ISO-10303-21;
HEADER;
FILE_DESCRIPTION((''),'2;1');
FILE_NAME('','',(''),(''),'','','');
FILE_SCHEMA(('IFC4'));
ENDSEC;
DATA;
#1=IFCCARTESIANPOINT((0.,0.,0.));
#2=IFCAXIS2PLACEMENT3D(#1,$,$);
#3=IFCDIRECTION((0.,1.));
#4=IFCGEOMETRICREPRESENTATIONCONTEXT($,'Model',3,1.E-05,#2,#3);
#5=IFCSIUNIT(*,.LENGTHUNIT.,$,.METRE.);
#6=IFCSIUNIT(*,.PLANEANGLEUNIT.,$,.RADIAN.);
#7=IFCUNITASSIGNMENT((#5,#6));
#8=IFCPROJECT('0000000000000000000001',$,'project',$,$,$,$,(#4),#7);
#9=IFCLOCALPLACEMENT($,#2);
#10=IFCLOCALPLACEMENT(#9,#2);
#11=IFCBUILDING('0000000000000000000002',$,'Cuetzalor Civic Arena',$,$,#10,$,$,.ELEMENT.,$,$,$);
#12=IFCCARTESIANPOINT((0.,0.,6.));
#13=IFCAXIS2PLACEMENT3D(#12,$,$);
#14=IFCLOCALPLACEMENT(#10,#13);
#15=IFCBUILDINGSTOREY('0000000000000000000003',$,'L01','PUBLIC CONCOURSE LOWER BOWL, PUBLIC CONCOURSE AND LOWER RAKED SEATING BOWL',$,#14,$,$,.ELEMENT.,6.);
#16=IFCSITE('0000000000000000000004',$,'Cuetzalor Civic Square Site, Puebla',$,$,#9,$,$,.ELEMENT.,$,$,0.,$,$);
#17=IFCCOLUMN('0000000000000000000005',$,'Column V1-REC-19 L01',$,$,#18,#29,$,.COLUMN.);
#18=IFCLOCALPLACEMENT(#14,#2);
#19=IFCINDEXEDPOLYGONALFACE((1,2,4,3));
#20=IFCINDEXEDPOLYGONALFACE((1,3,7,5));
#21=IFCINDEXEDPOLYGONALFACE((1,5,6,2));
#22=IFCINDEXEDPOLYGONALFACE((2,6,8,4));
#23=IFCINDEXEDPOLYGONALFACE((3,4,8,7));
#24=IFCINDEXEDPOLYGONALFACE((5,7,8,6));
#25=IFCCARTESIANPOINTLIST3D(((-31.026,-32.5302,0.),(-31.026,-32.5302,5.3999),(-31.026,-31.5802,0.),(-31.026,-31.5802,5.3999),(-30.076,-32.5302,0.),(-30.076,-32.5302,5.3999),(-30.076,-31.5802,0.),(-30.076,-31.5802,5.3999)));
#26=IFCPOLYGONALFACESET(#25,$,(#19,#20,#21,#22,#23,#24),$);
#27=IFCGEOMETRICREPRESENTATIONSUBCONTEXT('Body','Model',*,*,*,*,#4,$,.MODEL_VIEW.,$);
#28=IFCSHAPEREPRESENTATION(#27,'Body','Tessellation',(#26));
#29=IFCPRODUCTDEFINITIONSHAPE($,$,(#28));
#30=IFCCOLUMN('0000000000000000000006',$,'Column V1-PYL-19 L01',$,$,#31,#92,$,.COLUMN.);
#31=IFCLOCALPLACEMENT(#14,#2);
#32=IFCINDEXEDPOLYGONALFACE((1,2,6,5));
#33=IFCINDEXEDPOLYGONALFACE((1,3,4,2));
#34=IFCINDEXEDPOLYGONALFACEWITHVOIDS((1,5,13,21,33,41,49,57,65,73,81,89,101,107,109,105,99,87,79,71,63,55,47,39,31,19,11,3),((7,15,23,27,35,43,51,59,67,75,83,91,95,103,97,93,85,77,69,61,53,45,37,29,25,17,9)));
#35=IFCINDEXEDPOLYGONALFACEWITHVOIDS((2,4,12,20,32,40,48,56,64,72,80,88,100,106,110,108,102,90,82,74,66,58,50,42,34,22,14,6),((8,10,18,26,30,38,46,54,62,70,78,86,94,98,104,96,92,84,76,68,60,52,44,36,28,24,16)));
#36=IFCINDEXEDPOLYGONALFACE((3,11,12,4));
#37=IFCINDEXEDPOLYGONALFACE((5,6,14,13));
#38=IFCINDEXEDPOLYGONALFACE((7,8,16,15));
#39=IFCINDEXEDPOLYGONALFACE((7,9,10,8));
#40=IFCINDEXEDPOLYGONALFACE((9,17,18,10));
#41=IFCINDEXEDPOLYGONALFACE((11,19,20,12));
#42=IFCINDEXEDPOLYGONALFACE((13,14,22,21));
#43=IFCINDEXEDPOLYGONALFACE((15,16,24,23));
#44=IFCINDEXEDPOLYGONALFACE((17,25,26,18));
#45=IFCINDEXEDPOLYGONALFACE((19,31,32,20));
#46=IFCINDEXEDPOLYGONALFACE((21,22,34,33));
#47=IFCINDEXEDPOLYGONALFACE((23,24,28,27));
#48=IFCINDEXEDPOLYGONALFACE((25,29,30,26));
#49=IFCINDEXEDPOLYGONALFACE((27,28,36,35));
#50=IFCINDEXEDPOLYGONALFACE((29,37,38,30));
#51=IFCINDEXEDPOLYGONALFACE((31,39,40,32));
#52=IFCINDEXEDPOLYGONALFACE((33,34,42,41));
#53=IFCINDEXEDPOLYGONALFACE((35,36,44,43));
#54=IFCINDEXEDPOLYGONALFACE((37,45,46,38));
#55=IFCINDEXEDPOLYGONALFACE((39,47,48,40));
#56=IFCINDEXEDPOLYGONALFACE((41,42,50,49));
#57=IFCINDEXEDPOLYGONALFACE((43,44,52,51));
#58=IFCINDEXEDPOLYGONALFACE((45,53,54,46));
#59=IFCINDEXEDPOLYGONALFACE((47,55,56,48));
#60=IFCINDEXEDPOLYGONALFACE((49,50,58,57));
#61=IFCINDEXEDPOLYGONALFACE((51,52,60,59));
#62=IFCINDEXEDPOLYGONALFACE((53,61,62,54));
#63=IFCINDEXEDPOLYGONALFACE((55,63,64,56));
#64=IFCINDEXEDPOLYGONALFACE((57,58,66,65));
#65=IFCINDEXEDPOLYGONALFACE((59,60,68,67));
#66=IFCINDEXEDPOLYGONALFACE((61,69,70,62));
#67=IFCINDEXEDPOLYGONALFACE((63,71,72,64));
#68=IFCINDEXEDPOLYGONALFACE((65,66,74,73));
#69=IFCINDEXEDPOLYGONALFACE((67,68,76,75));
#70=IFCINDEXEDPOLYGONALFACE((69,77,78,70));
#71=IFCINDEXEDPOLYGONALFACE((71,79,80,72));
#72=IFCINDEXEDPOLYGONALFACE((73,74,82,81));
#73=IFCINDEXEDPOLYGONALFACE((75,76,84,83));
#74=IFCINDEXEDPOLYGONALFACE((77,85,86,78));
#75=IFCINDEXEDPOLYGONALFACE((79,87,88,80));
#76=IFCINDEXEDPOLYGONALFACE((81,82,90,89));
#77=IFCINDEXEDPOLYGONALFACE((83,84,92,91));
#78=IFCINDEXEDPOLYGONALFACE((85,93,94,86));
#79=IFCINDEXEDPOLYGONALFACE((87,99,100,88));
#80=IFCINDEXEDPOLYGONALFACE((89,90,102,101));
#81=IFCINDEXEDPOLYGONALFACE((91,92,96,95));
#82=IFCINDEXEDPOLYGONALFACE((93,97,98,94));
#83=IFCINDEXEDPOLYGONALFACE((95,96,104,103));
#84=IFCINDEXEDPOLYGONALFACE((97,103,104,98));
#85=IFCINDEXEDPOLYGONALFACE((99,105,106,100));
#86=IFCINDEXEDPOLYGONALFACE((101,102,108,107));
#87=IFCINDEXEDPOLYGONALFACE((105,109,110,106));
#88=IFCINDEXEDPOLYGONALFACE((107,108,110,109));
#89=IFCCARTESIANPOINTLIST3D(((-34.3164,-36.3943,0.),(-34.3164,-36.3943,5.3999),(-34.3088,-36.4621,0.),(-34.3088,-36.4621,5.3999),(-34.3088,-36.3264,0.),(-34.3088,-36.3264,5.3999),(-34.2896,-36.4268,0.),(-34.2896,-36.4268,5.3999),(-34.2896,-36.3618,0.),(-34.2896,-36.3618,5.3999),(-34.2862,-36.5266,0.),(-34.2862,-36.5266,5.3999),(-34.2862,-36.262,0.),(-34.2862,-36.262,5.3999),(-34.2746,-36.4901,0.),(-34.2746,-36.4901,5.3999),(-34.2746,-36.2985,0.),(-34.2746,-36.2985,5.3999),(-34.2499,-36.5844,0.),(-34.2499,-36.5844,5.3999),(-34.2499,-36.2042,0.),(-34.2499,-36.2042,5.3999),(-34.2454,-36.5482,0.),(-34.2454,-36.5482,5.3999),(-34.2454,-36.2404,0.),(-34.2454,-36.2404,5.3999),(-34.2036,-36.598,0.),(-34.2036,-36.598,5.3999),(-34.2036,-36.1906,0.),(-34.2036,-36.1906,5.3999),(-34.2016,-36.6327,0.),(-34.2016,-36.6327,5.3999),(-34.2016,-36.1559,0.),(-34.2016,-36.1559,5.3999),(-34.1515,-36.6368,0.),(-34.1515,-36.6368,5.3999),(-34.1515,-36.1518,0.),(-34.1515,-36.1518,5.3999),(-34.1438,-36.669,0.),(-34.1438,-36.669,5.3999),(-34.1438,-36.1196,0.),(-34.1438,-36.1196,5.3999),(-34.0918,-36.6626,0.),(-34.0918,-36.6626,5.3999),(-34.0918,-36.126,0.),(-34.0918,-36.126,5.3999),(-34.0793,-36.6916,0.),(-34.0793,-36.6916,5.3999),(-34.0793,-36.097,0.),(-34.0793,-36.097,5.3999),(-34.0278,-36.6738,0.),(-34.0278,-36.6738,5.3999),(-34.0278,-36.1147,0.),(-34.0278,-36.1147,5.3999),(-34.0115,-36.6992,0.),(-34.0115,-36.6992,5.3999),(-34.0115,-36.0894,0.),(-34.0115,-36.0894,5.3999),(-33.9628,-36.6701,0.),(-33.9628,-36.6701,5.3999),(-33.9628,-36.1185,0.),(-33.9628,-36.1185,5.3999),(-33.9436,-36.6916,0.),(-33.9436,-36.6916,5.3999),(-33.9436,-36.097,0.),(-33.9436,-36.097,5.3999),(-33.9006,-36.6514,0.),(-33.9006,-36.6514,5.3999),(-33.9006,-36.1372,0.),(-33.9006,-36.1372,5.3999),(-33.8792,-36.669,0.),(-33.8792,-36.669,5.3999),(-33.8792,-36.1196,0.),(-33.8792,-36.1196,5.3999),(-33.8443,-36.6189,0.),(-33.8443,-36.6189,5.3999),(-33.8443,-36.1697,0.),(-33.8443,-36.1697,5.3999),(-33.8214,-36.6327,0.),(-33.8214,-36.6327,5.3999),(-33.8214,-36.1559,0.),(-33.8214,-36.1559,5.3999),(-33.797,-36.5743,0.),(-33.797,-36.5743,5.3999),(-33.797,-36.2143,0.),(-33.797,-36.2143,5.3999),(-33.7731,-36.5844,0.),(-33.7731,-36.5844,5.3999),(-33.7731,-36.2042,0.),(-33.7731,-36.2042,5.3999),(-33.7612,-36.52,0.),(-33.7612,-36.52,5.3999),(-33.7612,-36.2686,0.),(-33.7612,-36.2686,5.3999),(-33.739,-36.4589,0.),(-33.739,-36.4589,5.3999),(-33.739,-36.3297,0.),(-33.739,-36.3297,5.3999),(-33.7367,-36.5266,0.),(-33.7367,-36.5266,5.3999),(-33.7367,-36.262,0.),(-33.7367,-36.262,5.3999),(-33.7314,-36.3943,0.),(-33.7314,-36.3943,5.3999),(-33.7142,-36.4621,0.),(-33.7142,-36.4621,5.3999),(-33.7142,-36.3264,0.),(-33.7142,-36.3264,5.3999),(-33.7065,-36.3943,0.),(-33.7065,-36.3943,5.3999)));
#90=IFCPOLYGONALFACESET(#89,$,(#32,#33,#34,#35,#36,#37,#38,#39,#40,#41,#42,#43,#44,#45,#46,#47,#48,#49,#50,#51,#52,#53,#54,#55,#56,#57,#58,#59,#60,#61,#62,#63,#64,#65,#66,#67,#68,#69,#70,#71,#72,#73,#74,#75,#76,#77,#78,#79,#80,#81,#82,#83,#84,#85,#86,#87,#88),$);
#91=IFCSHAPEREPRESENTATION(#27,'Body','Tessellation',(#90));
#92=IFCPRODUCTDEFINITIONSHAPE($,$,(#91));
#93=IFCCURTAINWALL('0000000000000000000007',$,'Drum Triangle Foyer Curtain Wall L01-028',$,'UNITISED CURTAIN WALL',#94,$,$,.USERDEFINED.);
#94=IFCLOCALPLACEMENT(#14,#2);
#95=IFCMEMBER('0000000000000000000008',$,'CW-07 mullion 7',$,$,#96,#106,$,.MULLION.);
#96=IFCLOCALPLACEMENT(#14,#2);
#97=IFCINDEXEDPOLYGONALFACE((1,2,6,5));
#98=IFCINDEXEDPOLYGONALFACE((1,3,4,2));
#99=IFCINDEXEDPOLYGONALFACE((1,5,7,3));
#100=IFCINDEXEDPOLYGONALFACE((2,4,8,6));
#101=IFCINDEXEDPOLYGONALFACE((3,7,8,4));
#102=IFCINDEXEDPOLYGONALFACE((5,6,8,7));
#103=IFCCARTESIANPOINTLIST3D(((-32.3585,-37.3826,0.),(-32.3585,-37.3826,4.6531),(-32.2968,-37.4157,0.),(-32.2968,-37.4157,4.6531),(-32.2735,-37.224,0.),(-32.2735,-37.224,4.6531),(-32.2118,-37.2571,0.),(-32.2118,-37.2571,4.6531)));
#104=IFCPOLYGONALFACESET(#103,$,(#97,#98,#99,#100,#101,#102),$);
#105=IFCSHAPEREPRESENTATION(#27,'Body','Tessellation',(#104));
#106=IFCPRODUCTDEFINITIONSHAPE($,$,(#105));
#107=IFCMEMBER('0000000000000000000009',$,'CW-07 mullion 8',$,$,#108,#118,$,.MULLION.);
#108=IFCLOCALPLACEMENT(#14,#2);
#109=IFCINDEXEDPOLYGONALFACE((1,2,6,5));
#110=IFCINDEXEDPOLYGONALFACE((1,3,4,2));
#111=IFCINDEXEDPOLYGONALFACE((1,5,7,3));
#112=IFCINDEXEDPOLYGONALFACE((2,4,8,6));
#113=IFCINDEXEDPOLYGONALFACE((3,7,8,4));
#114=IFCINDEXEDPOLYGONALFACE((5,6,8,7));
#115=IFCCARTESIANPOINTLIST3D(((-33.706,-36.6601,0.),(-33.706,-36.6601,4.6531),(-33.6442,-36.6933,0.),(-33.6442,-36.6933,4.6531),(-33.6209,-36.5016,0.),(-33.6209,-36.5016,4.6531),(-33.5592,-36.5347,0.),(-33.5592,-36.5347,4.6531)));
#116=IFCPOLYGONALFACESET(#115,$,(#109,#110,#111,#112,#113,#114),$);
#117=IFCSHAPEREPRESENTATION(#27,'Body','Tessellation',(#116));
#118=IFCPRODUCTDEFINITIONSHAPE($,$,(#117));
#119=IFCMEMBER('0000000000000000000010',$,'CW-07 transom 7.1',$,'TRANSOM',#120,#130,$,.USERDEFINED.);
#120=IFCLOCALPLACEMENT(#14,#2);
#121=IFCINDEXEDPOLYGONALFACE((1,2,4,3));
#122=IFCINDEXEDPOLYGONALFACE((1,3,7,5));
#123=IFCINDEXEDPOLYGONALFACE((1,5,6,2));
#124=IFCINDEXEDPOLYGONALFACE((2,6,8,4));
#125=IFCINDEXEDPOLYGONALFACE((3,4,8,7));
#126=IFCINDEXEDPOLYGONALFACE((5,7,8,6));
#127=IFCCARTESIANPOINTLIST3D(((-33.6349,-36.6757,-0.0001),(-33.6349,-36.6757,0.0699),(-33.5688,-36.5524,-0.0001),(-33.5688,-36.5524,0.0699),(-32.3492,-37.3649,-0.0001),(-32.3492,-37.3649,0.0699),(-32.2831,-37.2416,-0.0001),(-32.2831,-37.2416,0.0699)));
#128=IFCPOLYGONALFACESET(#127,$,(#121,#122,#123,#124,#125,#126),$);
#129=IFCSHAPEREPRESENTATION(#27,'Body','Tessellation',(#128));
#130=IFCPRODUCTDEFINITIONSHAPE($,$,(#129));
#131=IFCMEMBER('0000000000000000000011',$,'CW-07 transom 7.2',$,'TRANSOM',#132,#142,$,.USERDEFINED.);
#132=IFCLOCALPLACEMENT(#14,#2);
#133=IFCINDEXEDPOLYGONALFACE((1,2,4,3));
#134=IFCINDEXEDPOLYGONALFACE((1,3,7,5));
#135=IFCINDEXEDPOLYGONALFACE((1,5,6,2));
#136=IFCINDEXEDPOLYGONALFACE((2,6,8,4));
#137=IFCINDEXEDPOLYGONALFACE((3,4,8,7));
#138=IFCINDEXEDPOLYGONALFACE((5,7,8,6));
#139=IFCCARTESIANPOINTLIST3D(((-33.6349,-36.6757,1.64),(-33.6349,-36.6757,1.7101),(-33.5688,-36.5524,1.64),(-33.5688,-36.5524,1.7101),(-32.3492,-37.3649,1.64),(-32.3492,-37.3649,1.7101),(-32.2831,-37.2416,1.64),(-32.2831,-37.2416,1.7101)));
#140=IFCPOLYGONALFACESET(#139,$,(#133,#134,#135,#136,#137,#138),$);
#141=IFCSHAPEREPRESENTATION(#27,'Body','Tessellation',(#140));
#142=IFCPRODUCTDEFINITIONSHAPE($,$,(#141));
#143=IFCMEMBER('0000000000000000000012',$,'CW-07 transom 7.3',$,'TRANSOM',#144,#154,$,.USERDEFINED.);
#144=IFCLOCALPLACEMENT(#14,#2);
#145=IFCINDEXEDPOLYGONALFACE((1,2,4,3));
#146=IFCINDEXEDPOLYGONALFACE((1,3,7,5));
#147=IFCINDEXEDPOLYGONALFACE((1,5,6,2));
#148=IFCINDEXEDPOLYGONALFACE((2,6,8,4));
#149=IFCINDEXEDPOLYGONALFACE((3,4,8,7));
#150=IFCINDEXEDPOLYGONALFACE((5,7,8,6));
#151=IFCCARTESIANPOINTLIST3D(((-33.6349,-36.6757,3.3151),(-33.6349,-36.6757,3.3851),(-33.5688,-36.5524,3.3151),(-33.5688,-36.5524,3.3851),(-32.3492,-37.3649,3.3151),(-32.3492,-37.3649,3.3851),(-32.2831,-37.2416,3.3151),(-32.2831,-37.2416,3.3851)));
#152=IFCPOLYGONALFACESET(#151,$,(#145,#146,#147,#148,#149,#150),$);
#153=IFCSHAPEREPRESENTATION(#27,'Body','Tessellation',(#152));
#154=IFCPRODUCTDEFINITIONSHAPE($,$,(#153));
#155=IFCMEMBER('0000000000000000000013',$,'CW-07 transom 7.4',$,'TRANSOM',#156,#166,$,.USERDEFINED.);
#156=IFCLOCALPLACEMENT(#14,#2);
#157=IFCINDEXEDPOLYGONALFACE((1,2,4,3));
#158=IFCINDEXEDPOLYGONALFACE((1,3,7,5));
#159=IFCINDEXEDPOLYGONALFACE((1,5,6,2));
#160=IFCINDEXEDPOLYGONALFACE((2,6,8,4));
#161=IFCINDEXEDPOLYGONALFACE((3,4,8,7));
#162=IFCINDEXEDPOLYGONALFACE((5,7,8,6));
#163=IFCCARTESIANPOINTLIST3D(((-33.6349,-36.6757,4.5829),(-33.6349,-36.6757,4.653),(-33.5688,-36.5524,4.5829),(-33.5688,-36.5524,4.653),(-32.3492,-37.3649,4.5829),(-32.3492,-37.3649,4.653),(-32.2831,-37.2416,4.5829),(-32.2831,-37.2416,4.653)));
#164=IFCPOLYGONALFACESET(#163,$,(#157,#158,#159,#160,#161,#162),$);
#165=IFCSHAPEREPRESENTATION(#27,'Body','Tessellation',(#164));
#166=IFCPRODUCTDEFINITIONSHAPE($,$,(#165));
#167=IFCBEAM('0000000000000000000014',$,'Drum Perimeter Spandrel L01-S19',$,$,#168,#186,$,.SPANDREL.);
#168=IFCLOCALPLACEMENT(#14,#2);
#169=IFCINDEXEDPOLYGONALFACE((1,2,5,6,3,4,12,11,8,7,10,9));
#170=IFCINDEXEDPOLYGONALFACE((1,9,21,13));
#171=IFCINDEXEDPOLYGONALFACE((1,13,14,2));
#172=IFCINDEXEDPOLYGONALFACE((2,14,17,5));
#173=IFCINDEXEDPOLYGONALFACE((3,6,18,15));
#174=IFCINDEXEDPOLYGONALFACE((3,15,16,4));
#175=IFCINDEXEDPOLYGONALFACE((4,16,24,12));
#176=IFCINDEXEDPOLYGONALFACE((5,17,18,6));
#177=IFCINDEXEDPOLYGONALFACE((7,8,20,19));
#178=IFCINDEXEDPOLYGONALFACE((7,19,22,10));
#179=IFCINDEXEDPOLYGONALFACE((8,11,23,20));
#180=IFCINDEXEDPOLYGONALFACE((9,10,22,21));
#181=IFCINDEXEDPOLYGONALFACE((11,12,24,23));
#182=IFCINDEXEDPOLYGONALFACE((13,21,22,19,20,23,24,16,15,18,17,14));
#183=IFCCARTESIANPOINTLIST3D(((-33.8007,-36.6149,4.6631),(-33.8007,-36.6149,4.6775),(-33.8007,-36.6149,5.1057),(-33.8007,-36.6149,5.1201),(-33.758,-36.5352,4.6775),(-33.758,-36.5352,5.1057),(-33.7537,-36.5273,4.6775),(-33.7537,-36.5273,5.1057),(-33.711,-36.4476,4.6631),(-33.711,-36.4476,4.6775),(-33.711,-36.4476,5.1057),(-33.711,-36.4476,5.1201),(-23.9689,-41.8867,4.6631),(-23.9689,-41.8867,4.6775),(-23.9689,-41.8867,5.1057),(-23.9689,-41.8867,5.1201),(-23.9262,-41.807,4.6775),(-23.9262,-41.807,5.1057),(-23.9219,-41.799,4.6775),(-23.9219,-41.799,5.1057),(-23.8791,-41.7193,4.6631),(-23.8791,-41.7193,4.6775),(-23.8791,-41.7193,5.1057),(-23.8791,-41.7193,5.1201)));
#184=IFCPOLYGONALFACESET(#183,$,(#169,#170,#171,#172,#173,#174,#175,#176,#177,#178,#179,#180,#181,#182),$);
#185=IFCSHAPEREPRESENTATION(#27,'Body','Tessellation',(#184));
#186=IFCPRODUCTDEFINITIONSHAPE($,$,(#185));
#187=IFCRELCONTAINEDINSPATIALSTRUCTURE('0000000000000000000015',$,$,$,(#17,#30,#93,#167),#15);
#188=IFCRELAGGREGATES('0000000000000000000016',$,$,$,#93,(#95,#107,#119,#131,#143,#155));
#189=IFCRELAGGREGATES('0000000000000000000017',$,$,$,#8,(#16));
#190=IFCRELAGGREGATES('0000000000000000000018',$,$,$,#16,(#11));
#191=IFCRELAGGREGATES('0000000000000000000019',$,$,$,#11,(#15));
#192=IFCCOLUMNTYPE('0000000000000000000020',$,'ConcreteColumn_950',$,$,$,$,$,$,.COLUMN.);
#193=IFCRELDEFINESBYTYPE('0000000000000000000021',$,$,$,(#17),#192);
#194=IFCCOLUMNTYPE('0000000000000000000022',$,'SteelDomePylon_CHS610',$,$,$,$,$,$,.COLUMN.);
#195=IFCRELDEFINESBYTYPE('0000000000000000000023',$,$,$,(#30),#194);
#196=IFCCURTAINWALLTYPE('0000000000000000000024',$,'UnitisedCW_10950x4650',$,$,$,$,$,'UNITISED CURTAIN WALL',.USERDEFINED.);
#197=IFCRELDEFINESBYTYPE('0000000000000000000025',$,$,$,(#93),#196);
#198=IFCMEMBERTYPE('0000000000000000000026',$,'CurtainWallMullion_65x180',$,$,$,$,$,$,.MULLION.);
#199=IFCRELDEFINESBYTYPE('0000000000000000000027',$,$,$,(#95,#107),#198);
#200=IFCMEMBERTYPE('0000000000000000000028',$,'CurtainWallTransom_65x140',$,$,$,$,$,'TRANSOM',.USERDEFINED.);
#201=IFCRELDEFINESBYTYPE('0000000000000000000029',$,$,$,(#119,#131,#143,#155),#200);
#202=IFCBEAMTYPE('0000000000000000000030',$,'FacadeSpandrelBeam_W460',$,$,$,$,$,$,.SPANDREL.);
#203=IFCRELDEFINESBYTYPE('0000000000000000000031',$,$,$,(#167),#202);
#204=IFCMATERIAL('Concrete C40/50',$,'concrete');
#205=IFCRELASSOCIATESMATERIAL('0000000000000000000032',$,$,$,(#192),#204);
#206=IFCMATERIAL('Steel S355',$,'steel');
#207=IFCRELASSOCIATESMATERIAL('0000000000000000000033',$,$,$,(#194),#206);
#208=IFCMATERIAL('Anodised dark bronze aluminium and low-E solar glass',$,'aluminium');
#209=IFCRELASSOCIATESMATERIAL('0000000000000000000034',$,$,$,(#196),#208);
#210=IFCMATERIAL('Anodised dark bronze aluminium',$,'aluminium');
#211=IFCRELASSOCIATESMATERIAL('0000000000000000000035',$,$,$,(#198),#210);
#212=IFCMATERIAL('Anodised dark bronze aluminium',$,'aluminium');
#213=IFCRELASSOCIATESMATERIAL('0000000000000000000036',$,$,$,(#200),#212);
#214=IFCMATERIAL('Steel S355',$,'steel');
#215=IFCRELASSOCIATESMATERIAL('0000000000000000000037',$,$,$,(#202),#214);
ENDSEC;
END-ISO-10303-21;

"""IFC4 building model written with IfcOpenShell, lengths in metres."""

from ifc_helpers import new_model, si_unit, direction, frame, origin, origin_2d, place, context, subcontext, project, spatial, rectangle, hollow_circle, i_section, extrude, material, material_profile, profile_set, type_object, element, aggregate, save


model = new_model("IFC4")

# Units and contexts
model_context = context("Model", 3, precision=1e-05, world=origin(), true_north=direction((0.0, 1.0)))
body_context = subcontext(model_context, "Body", "Model", "MODEL_VIEW")
ifc_project = project(units=[si_unit("LENGTHUNIT", "METRE"), si_unit("PLANEANGLEUNIT", "RADIAN")], contexts=[model_context])

# Site, building, storey
site_placement = place(None, origin())
site = spatial("IfcSite", under=ifc_project, at=site_placement, Name="Cuetzalor Civic Square Site, Puebla", CompositionType="ELEMENT", RefElevation=0.0)
building_placement = place(site_placement, origin())
building = spatial("IfcBuilding", under=site, at=building_placement, Name="Cuetzalor Civic Arena", CompositionType="ELEMENT")
storey_placement = place(building_placement, frame((0.0, 0.0, 6.0)))
storey = spatial("IfcBuildingStorey", under=building, at=storey_placement, Name="L01", Description="PUBLIC CONCOURSE LOWER BOWL, PUBLIC CONCOURSE AND LOWER RAKED SEATING BOWL", CompositionType="ELEMENT", Elevation=6.0)

# Columns
ifc_material_1 = material(Name="Concrete C40/50", Category="concrete")
ifc_material_profile_1 = material_profile(ifc_material_1, rectangle(XDim=0.95, YDim=0.95, at=origin_2d()), Name="RC 950x950")
ifc_profile_set_1 = profile_set([ifc_material_profile_1], Name="Concrete C40/50")
column_type_1 = type_object("IfcColumnType", Name="ConcreteColumn_950", PredefinedType="COLUMN", material=ifc_profile_set_1)
column_1_placement = place(storey_placement, frame((-30.551, -32.0552, 0.0), z_axis=(0.0, 0.0, 1.0), x_axis=(1.0, 0.0, 0.0)))
element("IfcColumn", 1, at=column_1_placement, inside=storey, type_object=column_type_1, Name="Column V1-REC-19 L01", PredefinedType="COLUMN", context=body_context, shape_type="SweptSolid", body=[
    extrude(rectangle(XDim=0.95, YDim=0.95, at=origin_2d()), origin(), (0.0, 0.0, 1.0), 5.3999),
])
ifc_material_2 = material(Name="Steel S355", Category="steel")
ifc_material_profile_2 = material_profile(ifc_material_2, hollow_circle(Radius=0.3049, WallThickness=0.0249, at=origin_2d()), Name="CHS 610x25")
ifc_profile_set_2 = profile_set([ifc_material_profile_2], Name="Steel S355")
column_type_2 = type_object("IfcColumnType", Name="SteelDomePylon_CHS610", PredefinedType="COLUMN", material=ifc_profile_set_2)
column_2_placement = place(storey_placement, frame((-34.0115, -36.3943, 0.0), z_axis=(0.0, 0.0, 1.0), x_axis=(1.0, 0.0, 0.0)))
element("IfcColumn", 2, at=column_2_placement, inside=storey, type_object=column_type_2, Name="Column V1-PYL-19 L01", PredefinedType="COLUMN", context=body_context, shape_type="SweptSolid", body=[
    extrude(hollow_circle(Radius=0.3049, WallThickness=0.0249, at=origin_2d()), origin(), (0.0, 0.0, 1.0), 5.3999),
])

# Curtain wall, members
ifc_material_3 = material(Name="Anodised dark bronze aluminium and low-E solar glass", Category="aluminium")
curtain_wall_type = type_object("IfcCurtainWallType", Name="UnitisedCW_10950x4650", ElementType="UNITISED CURTAIN WALL", PredefinedType="USERDEFINED", material=ifc_material_3)
curtain_wall_placement = place(storey_placement, origin())
curtain_wall = element("IfcCurtainWall", 3, at=curtain_wall_placement, inside=storey, type_object=curtain_wall_type, Name="Drum Triangle Foyer Curtain Wall L01-028", ObjectType="UNITISED CURTAIN WALL", PredefinedType="USERDEFINED")
ifc_material_4 = material(Name="Anodised dark bronze aluminium", Category="aluminium")
ifc_material_profile_3 = material_profile(ifc_material_4, rectangle(XDim=0.0701, YDim=0.1799, at=origin_2d()), Name="ALU MULLION 70x180")
ifc_profile_set_3 = profile_set([ifc_material_profile_3], Name="Anodised dark bronze aluminium")
member_type_1 = type_object("IfcMemberType", Name="CurtainWallMullion_65x180", PredefinedType="MULLION", material=ifc_profile_set_3)
member_1_placement = place(storey_placement, frame((-32.2852, -37.3198, 0.0), z_axis=(0.0, 0.0, 1.0), x_axis=(-0.881306, 0.472545, 0.0)))
member_1 = element("IfcMember", 4, at=member_1_placement, type_object=member_type_1, Name="CW-07 mullion 7", PredefinedType="MULLION", context=body_context, shape_type="SweptSolid", body=[
    extrude(rectangle(XDim=0.0701, YDim=0.1799, at=origin_2d()), origin(), (0.0, 0.0, 1.0), 4.6531),
])
member_2_placement = place(storey_placement, frame((-33.6326, -36.5974, 0.0), z_axis=(0.0, 0.0, 1.0), x_axis=(-0.881306, 0.472545, 0.0)))
member_2 = element("IfcMember", 5, at=member_2_placement, type_object=member_type_1, Name="CW-07 mullion 8", PredefinedType="MULLION", context=body_context, shape_type="SweptSolid", body=[
    extrude(rectangle(XDim=0.0701, YDim=0.1799, at=origin_2d()), origin(), (0.0, 0.0, 1.0), 4.6531),
])
ifc_material_5 = material(Name="Anodised dark bronze aluminium", Category="aluminium")
ifc_material_profile_4 = material_profile(ifc_material_5, rectangle(XDim=0.1399, YDim=0.0701, at=origin_2d()), Name="ALU TRANSOM 70x140")
ifc_profile_set_4 = profile_set([ifc_material_profile_4], Name="Anodised dark bronze aluminium")
member_type_2 = type_object("IfcMemberType", Name="CurtainWallTransom_65x140", ElementType="TRANSOM", PredefinedType="USERDEFINED", material=ifc_profile_set_4)
member_3_placement = place(storey_placement, frame((-32.3162, -37.3032, 0.0349), z_axis=(-0.881346, 0.472472, 0.0), x_axis=(-0.472472, -0.881346, 0.0)))
member_3 = element("IfcMember", 6, at=member_3_placement, type_object=member_type_2, Name="CW-07 transom 7.1", ObjectType="TRANSOM", PredefinedType="USERDEFINED", context=body_context, shape_type="SweptSolid", body=[
    extrude(rectangle(XDim=0.1399, YDim=0.0701, at=origin_2d()), origin(), (0.0, 0.0, 1.0), 1.4587),
])
member_4_placement = place(storey_placement, frame((-32.3162, -37.3032, 1.675), z_axis=(-0.881346, 0.472472, 0.0), x_axis=(-0.472472, -0.881346, 0.0)))
member_4 = element("IfcMember", 7, at=member_4_placement, type_object=member_type_2, Name="CW-07 transom 7.2", ObjectType="TRANSOM", PredefinedType="USERDEFINED", context=body_context, shape_type="SweptSolid", body=[
    extrude(rectangle(XDim=0.1399, YDim=0.0701, at=origin_2d()), origin(), (0.0, 0.0, 1.0), 1.4587),
])
member_5_placement = place(storey_placement, frame((-32.3162, -37.3032, 3.3501), z_axis=(-0.881346, 0.472472, 0.0), x_axis=(-0.472472, -0.881346, 0.0)))
member_5 = element("IfcMember", 8, at=member_5_placement, type_object=member_type_2, Name="CW-07 transom 7.3", ObjectType="TRANSOM", PredefinedType="USERDEFINED", context=body_context, shape_type="SweptSolid", body=[
    extrude(rectangle(XDim=0.1399, YDim=0.0701, at=origin_2d()), origin(), (0.0, 0.0, 1.0), 1.4587),
])
member_6_placement = place(storey_placement, frame((-32.3162, -37.3032, 4.6179), z_axis=(-0.881346, 0.472472, 0.0), x_axis=(-0.472472, -0.881346, 0.0)))
member_6 = element("IfcMember", 9, at=member_6_placement, type_object=member_type_2, Name="CW-07 transom 7.4", ObjectType="TRANSOM", PredefinedType="USERDEFINED", context=body_context, shape_type="SweptSolid", body=[
    extrude(rectangle(XDim=0.1399, YDim=0.0701, at=origin_2d()), origin(), (0.0, 0.0, 1.0), 1.4587),
])

# Beam
ifc_material_6 = material(Name="Steel S355", Category="steel")
ifc_material_profile_5 = material_profile(ifc_material_6, i_section(OverallWidth=0.1899, OverallDepth=0.457, WebThickness=0.009, FlangeThickness=0.0144, at=origin_2d()), Name="W460x74")
ifc_profile_set_5 = profile_set([ifc_material_profile_5], Name="Steel S355")
beam_type_1 = type_object("IfcBeamType", Name="FacadeSpandrelBeam_W460", PredefinedType="SPANDREL", material=ifc_profile_set_5)
beam_1_placement = place(storey_placement, frame((-33.7559, -36.5312, 4.8916), z_axis=(0.881305, -0.472549, 0.0), x_axis=(0.472549, 0.881305, 0.0)))
element("IfcBeam", 10, at=beam_1_placement, inside=storey, type_object=beam_type_1, Name="Drum Perimeter Spandrel L01-S19", PredefinedType="SPANDREL", context=body_context, shape_type="SweptSolid", body=[
    extrude(i_section(OverallWidth=0.1899, OverallDepth=0.457, WebThickness=0.009, FlangeThickness=0.0144, at=origin_2d()), origin(), (0.0, 0.0, 1.0), 11.156),
])

aggregate(curtain_wall, [member_1, member_2, member_3, member_4, member_5, member_6])

save(model, "model.ifc")
